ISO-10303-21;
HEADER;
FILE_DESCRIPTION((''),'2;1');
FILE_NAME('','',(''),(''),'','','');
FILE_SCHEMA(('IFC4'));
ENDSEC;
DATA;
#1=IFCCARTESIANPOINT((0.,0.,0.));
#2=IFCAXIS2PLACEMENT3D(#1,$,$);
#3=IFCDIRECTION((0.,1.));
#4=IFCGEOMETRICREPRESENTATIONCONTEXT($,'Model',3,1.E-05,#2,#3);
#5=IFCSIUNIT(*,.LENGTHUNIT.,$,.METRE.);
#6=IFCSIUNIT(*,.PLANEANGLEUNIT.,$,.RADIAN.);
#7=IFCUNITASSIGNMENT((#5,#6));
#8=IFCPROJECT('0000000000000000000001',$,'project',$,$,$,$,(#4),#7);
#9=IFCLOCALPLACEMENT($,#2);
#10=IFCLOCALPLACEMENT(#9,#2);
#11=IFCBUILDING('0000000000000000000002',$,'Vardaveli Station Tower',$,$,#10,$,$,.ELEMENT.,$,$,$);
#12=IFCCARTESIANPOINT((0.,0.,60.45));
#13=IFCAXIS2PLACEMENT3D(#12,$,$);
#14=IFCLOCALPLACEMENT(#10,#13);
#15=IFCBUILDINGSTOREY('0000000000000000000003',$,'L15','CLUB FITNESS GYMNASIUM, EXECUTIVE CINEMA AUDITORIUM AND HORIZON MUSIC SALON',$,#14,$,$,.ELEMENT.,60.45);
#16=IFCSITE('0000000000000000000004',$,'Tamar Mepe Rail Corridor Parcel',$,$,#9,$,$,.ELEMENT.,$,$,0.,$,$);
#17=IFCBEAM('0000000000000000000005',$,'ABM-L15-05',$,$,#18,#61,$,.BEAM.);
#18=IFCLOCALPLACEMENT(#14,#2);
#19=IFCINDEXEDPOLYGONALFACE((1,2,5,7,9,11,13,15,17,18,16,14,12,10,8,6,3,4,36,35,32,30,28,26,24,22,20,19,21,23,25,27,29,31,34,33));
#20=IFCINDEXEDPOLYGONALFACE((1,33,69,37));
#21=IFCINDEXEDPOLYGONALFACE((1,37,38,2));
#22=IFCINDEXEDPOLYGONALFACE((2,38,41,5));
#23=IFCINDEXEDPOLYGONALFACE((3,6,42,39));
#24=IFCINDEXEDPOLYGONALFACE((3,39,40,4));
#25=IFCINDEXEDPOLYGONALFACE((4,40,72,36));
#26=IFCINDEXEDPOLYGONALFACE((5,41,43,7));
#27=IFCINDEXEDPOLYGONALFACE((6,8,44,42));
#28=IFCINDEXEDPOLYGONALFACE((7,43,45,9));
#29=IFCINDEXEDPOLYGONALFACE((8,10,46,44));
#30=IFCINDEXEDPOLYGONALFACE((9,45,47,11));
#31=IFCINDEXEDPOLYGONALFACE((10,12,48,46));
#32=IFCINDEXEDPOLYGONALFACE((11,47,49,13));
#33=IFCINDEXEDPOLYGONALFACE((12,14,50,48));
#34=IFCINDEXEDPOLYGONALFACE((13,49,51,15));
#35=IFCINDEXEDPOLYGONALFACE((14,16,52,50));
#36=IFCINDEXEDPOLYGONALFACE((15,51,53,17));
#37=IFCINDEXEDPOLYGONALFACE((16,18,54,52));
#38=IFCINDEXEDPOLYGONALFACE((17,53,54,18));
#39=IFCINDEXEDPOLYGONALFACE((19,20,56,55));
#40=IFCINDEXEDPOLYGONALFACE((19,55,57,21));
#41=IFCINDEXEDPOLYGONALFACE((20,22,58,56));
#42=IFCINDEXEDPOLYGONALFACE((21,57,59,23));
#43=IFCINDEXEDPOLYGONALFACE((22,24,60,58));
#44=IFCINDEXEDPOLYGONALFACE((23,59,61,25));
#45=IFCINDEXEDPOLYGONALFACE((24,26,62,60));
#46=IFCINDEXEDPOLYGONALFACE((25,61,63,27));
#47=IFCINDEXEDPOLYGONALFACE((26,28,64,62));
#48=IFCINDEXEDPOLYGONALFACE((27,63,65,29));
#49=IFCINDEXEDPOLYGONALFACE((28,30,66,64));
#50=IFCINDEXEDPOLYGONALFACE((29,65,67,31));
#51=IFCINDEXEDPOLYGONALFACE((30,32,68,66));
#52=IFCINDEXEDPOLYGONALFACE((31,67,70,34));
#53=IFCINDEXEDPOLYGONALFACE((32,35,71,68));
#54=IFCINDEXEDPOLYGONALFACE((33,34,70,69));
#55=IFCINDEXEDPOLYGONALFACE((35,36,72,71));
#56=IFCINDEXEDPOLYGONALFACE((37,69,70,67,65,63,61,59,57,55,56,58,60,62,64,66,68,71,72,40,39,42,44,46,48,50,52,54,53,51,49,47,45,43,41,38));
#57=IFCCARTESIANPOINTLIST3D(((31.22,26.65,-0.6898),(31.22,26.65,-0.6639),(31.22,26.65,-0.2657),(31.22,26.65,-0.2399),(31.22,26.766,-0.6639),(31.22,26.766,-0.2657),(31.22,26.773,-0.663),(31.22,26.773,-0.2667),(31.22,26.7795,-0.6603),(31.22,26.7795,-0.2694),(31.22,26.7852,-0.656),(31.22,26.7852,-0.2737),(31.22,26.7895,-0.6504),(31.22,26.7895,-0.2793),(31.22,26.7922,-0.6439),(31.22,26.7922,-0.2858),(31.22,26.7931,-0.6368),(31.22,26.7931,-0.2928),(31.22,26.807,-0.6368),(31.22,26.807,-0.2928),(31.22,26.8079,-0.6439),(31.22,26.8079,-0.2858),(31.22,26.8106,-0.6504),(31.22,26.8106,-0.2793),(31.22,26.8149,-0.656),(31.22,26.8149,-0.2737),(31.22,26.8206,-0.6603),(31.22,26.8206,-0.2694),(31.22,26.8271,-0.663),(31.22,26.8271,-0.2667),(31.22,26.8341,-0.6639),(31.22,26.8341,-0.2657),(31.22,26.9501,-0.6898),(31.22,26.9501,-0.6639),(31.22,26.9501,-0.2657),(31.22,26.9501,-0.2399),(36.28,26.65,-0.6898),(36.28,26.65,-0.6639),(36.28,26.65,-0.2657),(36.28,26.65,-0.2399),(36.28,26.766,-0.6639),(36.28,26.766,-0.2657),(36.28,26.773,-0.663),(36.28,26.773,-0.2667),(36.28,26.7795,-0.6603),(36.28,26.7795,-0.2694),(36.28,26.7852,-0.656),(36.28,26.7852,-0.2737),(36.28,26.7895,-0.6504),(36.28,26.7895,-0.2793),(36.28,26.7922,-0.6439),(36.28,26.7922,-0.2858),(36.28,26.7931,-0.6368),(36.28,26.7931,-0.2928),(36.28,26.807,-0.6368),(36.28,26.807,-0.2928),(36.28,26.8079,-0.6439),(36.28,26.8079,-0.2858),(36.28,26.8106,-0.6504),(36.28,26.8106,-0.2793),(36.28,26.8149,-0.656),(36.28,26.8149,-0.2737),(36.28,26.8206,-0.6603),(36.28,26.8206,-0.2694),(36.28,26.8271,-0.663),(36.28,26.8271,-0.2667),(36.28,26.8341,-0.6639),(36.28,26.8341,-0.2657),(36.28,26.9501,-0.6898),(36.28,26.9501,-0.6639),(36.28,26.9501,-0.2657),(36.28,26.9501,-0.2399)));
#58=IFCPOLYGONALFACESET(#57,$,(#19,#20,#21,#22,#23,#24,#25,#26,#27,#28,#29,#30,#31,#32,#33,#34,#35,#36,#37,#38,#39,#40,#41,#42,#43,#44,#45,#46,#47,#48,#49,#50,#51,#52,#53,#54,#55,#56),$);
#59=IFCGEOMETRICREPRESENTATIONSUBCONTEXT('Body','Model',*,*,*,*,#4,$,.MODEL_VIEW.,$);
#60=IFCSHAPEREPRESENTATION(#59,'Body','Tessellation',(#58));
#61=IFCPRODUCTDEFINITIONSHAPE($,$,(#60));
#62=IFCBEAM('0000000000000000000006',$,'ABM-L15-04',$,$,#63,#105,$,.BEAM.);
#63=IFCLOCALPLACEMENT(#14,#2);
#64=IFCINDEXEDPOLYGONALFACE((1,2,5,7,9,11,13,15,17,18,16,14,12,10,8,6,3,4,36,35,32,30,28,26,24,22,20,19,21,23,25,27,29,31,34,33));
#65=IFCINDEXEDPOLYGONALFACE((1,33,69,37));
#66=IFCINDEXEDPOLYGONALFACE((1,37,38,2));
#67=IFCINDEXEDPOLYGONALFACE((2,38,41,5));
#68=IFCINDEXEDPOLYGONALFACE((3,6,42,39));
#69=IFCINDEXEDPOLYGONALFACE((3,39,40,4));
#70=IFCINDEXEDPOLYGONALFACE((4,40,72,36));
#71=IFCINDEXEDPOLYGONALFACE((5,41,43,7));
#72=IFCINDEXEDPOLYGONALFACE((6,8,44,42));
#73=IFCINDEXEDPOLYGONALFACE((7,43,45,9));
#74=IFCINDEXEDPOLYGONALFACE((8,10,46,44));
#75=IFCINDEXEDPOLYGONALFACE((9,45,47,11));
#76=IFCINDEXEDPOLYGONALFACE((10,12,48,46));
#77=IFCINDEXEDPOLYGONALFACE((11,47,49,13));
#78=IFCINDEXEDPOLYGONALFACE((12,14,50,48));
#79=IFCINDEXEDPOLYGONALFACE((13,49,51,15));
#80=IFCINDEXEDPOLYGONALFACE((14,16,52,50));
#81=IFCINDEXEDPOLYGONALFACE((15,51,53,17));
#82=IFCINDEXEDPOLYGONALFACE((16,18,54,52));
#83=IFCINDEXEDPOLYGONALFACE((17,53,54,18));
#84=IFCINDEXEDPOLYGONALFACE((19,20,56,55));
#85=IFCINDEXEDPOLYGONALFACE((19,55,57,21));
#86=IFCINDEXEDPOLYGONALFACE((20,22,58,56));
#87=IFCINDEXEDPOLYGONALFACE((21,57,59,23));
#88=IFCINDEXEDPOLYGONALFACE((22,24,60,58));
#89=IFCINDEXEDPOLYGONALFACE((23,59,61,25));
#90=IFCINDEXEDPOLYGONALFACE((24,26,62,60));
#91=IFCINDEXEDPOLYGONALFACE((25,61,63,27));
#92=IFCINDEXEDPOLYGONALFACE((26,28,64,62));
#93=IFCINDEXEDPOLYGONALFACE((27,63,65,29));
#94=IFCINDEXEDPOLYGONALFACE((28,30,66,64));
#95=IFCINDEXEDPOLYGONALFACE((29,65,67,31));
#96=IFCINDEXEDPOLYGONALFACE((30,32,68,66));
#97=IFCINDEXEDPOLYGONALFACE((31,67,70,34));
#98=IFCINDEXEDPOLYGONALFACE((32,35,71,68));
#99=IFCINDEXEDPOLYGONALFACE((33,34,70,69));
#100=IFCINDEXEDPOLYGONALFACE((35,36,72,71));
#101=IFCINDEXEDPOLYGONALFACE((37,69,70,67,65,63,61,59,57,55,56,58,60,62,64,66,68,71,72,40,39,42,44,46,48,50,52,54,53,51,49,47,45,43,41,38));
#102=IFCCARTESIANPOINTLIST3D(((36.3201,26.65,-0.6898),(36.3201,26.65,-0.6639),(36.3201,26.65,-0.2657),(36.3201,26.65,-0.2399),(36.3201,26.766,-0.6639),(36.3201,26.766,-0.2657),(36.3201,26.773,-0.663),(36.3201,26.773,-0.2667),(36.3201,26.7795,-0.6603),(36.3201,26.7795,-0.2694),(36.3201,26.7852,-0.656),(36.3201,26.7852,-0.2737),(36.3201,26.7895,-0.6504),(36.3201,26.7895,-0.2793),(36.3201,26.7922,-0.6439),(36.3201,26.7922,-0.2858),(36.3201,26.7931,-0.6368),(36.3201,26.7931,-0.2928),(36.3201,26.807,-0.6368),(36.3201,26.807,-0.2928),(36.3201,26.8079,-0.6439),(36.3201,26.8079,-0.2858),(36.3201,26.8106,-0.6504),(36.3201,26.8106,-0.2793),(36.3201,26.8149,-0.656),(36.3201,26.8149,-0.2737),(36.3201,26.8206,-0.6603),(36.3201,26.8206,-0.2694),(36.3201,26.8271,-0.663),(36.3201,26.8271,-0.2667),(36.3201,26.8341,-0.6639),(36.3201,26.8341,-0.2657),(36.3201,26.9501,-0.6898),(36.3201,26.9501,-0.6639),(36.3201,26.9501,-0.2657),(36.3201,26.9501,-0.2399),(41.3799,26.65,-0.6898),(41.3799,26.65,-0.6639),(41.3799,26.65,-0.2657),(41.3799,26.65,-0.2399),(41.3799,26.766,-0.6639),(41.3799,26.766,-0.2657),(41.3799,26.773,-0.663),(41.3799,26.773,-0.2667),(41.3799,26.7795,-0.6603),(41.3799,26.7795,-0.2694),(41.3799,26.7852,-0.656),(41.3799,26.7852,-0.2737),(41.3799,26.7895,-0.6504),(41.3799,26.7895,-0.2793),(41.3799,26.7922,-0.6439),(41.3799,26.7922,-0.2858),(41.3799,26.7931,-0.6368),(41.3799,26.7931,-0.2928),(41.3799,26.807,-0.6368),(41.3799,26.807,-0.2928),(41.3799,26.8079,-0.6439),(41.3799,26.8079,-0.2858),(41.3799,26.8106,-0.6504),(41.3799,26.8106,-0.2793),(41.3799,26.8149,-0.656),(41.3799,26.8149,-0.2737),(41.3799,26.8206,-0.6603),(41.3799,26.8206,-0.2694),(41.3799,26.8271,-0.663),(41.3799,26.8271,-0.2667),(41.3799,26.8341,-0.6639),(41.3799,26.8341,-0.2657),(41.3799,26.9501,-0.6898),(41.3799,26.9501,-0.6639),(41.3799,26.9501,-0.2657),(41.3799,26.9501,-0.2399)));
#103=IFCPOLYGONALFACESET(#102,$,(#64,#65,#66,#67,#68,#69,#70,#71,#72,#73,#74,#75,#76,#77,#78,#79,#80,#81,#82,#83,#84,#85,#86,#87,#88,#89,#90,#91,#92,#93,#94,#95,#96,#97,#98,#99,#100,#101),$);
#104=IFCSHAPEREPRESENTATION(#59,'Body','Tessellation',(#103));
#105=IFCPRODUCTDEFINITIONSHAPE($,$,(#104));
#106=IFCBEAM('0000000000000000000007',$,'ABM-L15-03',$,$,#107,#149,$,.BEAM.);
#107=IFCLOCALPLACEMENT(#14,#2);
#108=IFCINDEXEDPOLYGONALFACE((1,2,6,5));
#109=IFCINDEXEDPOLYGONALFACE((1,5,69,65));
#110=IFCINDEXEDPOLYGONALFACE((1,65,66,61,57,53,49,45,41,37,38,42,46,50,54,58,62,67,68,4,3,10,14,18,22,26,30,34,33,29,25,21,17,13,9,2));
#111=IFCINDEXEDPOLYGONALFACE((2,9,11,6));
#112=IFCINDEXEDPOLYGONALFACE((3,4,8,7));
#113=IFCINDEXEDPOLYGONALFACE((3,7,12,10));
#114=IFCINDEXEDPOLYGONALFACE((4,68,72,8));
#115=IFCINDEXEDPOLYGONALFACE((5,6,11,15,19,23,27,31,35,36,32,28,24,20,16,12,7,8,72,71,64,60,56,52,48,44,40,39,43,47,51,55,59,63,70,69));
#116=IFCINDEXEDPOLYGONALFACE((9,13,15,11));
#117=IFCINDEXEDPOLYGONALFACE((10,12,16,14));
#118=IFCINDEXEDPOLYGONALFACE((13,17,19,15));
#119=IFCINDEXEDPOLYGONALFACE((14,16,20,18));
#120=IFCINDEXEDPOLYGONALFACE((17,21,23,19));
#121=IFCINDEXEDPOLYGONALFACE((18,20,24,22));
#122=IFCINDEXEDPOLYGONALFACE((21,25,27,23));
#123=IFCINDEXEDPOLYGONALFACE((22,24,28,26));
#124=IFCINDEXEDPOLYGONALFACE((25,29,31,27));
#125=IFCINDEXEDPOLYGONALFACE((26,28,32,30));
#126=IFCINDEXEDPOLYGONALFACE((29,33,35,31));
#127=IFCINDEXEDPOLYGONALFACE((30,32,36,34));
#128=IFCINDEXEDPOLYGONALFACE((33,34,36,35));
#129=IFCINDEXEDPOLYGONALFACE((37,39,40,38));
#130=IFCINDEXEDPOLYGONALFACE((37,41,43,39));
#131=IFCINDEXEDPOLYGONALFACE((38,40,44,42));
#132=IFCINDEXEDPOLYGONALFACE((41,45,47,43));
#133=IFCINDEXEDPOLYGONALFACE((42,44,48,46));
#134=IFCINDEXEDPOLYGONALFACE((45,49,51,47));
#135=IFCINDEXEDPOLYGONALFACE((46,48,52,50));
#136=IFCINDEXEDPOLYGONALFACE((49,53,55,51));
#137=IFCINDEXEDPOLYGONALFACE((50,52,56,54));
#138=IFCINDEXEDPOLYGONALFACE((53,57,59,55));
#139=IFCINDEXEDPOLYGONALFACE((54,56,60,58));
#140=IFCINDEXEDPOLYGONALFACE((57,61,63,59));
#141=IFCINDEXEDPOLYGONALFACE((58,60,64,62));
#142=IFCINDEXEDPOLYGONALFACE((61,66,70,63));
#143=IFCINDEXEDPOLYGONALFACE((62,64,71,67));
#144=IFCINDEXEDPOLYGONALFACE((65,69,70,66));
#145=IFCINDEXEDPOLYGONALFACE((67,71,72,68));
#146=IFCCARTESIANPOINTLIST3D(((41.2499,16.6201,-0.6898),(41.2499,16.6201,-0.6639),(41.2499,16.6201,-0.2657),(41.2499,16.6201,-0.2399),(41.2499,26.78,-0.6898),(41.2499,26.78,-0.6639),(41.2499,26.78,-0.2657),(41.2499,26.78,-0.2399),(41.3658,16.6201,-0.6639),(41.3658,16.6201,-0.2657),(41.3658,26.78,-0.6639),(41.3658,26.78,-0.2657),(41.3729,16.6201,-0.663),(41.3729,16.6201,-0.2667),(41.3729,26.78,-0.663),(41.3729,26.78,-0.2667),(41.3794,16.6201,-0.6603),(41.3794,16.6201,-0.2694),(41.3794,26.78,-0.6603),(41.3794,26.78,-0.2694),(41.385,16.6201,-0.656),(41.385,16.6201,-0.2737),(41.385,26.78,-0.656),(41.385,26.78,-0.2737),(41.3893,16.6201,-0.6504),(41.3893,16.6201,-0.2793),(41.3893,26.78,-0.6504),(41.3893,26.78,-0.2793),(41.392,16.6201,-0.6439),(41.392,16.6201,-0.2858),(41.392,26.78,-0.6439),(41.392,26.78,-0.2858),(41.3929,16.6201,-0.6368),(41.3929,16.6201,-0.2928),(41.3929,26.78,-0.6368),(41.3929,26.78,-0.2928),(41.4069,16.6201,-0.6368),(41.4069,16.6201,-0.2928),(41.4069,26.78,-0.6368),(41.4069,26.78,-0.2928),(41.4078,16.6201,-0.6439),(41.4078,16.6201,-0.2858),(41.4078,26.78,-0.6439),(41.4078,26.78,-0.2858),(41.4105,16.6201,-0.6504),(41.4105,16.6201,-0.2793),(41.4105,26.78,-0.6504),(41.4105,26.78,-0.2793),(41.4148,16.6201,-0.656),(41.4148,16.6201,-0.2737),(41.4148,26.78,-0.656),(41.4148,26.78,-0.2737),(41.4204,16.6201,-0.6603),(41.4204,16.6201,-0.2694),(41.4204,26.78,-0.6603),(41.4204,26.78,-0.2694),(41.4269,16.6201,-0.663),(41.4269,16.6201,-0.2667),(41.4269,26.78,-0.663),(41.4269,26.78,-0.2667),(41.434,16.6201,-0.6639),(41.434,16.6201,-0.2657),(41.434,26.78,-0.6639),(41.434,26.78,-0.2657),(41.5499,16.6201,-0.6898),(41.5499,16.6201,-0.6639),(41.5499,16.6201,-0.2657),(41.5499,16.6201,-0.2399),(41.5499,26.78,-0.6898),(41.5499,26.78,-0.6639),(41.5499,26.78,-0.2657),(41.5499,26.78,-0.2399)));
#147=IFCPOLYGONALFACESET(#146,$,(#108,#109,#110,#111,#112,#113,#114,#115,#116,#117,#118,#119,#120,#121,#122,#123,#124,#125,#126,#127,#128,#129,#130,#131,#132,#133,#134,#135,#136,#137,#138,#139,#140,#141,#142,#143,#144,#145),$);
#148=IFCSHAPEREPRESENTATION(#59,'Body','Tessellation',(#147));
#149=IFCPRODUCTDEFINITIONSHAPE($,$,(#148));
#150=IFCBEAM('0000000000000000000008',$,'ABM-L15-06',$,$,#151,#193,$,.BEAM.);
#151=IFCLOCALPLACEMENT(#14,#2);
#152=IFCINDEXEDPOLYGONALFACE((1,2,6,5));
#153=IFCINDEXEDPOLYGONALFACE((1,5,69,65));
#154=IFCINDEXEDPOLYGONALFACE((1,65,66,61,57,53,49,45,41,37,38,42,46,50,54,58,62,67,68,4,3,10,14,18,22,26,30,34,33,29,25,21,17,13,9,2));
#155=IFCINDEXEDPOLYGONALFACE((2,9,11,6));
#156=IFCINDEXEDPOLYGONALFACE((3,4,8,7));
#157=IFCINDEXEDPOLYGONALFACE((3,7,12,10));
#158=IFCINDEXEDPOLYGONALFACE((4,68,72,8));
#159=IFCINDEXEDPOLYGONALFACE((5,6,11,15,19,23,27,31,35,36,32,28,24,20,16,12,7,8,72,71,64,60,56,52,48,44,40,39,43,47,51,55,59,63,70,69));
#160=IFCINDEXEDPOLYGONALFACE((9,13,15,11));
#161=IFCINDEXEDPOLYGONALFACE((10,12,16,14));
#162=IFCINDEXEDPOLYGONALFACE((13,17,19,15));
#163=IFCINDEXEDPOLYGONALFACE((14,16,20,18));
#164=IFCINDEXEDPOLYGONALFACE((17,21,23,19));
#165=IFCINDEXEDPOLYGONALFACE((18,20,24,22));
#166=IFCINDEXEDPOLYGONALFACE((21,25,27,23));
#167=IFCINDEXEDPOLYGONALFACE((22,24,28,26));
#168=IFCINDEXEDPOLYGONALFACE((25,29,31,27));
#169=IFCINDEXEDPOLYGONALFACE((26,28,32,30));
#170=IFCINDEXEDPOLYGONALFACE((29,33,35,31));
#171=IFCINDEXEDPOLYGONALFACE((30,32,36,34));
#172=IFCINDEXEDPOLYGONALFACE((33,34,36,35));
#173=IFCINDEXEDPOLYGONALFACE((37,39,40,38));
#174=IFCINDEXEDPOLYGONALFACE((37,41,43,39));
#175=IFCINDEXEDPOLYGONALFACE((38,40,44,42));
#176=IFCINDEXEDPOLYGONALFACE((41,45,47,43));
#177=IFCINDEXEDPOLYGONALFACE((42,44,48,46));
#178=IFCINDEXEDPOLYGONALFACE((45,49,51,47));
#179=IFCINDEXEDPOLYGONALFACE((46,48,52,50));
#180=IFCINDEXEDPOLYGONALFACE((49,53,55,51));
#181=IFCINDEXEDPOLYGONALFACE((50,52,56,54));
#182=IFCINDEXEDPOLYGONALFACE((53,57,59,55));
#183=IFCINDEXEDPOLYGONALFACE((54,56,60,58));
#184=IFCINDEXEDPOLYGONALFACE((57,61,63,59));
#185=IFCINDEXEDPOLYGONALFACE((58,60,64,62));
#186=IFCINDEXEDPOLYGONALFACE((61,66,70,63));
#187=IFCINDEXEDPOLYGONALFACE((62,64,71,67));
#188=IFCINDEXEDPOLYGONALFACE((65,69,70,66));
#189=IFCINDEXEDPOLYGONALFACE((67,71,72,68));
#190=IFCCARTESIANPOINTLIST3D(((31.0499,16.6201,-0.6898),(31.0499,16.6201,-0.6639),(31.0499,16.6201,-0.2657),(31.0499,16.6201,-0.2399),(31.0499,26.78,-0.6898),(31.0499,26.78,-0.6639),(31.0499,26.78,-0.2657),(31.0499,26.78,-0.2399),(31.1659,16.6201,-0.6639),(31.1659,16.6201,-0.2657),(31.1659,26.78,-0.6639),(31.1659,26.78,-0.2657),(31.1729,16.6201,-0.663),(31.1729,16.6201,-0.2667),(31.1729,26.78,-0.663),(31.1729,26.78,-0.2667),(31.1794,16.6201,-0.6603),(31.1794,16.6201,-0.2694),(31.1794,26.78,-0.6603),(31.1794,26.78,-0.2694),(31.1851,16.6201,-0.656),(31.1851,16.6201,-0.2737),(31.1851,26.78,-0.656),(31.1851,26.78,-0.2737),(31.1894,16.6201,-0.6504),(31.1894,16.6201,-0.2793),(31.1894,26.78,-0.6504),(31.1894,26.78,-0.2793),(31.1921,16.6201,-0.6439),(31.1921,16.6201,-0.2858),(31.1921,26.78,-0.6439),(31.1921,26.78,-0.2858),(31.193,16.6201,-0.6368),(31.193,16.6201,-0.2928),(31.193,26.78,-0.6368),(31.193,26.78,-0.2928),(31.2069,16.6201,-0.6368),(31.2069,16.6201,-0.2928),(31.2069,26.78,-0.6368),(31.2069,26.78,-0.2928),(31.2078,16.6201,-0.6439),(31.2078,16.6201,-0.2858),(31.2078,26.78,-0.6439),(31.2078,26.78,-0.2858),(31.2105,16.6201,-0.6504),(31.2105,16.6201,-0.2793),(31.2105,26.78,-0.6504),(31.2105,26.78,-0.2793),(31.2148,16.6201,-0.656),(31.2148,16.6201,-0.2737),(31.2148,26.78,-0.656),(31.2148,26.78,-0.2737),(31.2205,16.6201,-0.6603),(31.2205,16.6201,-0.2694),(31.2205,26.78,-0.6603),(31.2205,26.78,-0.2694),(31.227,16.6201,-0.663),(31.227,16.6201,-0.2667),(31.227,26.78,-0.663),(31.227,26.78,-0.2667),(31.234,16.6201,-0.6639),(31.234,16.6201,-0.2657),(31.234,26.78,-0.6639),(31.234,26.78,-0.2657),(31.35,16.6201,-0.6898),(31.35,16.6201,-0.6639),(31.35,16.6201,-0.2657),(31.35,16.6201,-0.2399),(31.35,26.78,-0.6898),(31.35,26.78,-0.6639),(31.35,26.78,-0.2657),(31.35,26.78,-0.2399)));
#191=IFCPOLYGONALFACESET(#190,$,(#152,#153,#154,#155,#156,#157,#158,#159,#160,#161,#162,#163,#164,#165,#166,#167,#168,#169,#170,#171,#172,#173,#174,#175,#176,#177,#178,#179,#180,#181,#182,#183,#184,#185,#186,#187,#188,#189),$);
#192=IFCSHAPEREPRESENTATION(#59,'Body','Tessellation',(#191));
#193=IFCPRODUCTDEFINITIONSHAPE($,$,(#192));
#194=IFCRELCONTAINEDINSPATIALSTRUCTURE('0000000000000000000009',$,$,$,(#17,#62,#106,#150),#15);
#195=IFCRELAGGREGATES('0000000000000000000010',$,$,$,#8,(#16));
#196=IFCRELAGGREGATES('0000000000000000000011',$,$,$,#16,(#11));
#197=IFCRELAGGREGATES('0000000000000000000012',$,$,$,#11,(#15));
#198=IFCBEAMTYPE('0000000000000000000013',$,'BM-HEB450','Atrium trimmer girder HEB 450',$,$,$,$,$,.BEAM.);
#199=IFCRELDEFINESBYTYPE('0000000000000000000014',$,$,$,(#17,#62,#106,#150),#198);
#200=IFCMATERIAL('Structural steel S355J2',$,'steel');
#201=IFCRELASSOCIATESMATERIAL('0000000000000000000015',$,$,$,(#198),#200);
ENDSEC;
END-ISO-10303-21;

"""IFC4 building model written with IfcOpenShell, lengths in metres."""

from ifc_helpers import new_model, si_unit, direction, frame, origin, origin_2d, place, context, subcontext, project, spatial, i_section, extrude, source, transform, mapped, material, material_profile, profile_set, type_object, element, save


model = new_model("IFC4")

# Units and contexts
model_context = context("Model", 3, precision=1e-05, world=origin(), true_north=direction((0.0, 1.0)))
body_context = subcontext(model_context, "Body", "Model", "MODEL_VIEW")
ifc_project = project(units=[si_unit("LENGTHUNIT", "METRE"), si_unit("PLANEANGLEUNIT", "RADIAN")], contexts=[model_context])

# Site, building, storey
site_placement = place(None, origin())
site = spatial("IfcSite", under=ifc_project, at=site_placement, Name="Tamar Mepe Rail Corridor Parcel", CompositionType="ELEMENT", RefElevation=0.0)
building_placement = place(site_placement, origin())
building = spatial("IfcBuilding", under=site, at=building_placement, Name="Vardaveli Station Tower", CompositionType="ELEMENT")
storey_placement = place(building_placement, frame((0.0, 0.0, 60.45)))
storey = spatial("IfcBuildingStorey", under=building, at=storey_placement, Name="L15", Description="CLUB FITNESS GYMNASIUM, EXECUTIVE CINEMA AUDITORIUM AND HORIZON MUSIC SALON", CompositionType="ELEMENT", Elevation=60.45)

# Beams
ifc_material_1 = material(Name="Structural steel S355J2", Category="steel")
ifc_material_profile_1 = material_profile(ifc_material_1, i_section(OverallWidth=0.3, OverallDepth=0.45, WebThickness=0.0139, FlangeThickness=0.0259, FilletRadius=0.0271, at=origin_2d()), Name="HEB 450")
ifc_profile_set_1 = profile_set([ifc_material_profile_1], Name="Structural steel S355J2")
beam_type_1 = type_object("IfcBeamType", Name="BM-HEB450", Description="Atrium trimmer girder HEB 450", PredefinedType="BEAM", material=ifc_profile_set_1)
shared_shape_1 = source(origin(), body_context, "Body", "SweptSolid", [
    extrude(i_section(OverallWidth=0.3, OverallDepth=0.45, WebThickness=0.0139, FlangeThickness=0.0259, FilletRadius=0.0271, at=origin_2d()), origin(), (0.0, 0.0, 1.0), 5.0601),
])
beam_1_placement = place(storey_placement, frame((36.28, 26.8, -0.4648), z_axis=(-1.0, 0.0, 0.0), x_axis=(0.0, -1.0, 0.0)))
element("IfcBeam", 1, at=beam_1_placement, inside=storey, type_object=beam_type_1, Name="ABM-L15-05", PredefinedType="BEAM", context=body_context, shape_type="MappedRepresentation", body=[
    mapped(shared_shape_1, transform((0.0, 0.0, 0.0), scale=1.0)),
])
shared_shape_2 = source(origin(), body_context, "Body", "SweptSolid", [
    extrude(i_section(OverallWidth=0.3, OverallDepth=0.45, WebThickness=0.0139, FlangeThickness=0.0259, FilletRadius=0.0271, at=origin_2d()), origin(), (0.0, 0.0, 1.0), 5.0598),
])
beam_2_placement = place(storey_placement, frame((41.3799, 26.8, -0.4648), z_axis=(-1.0, 0.0, 0.0), x_axis=(0.0, -1.0, 0.0)))
element("IfcBeam", 2, at=beam_2_placement, inside=storey, type_object=beam_type_1, Name="ABM-L15-04", PredefinedType="BEAM", context=body_context, shape_type="MappedRepresentation", body=[
    mapped(shared_shape_2, transform((0.0, 0.0, 0.0), scale=1.0)),
])
shared_shape_3 = source(origin(), body_context, "Body", "SweptSolid", [
    extrude(i_section(OverallWidth=0.3, OverallDepth=0.45, WebThickness=0.0139, FlangeThickness=0.0259, FilletRadius=0.0271, at=origin_2d()), origin(), (0.0, 0.0, 1.0), 10.1599),
])
for number, where, z_axis, x_axis, name in (
    (3, (41.3999, 16.6201, -0.4648), (0.0, 1.0, 0.0), (-1.0, 0.0, 0.0), "ABM-L15-03"),
    (4, (31.2, 26.78, -0.4648), (0.0, -1.0, 0.0), (1.0, 0.0, 0.0), "ABM-L15-06"),
):
    element("IfcBeam", number, at=place(storey_placement, frame(where, z_axis=z_axis, x_axis=x_axis)), inside=storey, type_object=beam_type_1, Name=name, PredefinedType="BEAM", context=body_context, shape_type="MappedRepresentation", body=[
        mapped(shared_shape_3, transform((0.0, 0.0, 0.0), scale=1.0)),
    ])

save(model, "model.ifc")
